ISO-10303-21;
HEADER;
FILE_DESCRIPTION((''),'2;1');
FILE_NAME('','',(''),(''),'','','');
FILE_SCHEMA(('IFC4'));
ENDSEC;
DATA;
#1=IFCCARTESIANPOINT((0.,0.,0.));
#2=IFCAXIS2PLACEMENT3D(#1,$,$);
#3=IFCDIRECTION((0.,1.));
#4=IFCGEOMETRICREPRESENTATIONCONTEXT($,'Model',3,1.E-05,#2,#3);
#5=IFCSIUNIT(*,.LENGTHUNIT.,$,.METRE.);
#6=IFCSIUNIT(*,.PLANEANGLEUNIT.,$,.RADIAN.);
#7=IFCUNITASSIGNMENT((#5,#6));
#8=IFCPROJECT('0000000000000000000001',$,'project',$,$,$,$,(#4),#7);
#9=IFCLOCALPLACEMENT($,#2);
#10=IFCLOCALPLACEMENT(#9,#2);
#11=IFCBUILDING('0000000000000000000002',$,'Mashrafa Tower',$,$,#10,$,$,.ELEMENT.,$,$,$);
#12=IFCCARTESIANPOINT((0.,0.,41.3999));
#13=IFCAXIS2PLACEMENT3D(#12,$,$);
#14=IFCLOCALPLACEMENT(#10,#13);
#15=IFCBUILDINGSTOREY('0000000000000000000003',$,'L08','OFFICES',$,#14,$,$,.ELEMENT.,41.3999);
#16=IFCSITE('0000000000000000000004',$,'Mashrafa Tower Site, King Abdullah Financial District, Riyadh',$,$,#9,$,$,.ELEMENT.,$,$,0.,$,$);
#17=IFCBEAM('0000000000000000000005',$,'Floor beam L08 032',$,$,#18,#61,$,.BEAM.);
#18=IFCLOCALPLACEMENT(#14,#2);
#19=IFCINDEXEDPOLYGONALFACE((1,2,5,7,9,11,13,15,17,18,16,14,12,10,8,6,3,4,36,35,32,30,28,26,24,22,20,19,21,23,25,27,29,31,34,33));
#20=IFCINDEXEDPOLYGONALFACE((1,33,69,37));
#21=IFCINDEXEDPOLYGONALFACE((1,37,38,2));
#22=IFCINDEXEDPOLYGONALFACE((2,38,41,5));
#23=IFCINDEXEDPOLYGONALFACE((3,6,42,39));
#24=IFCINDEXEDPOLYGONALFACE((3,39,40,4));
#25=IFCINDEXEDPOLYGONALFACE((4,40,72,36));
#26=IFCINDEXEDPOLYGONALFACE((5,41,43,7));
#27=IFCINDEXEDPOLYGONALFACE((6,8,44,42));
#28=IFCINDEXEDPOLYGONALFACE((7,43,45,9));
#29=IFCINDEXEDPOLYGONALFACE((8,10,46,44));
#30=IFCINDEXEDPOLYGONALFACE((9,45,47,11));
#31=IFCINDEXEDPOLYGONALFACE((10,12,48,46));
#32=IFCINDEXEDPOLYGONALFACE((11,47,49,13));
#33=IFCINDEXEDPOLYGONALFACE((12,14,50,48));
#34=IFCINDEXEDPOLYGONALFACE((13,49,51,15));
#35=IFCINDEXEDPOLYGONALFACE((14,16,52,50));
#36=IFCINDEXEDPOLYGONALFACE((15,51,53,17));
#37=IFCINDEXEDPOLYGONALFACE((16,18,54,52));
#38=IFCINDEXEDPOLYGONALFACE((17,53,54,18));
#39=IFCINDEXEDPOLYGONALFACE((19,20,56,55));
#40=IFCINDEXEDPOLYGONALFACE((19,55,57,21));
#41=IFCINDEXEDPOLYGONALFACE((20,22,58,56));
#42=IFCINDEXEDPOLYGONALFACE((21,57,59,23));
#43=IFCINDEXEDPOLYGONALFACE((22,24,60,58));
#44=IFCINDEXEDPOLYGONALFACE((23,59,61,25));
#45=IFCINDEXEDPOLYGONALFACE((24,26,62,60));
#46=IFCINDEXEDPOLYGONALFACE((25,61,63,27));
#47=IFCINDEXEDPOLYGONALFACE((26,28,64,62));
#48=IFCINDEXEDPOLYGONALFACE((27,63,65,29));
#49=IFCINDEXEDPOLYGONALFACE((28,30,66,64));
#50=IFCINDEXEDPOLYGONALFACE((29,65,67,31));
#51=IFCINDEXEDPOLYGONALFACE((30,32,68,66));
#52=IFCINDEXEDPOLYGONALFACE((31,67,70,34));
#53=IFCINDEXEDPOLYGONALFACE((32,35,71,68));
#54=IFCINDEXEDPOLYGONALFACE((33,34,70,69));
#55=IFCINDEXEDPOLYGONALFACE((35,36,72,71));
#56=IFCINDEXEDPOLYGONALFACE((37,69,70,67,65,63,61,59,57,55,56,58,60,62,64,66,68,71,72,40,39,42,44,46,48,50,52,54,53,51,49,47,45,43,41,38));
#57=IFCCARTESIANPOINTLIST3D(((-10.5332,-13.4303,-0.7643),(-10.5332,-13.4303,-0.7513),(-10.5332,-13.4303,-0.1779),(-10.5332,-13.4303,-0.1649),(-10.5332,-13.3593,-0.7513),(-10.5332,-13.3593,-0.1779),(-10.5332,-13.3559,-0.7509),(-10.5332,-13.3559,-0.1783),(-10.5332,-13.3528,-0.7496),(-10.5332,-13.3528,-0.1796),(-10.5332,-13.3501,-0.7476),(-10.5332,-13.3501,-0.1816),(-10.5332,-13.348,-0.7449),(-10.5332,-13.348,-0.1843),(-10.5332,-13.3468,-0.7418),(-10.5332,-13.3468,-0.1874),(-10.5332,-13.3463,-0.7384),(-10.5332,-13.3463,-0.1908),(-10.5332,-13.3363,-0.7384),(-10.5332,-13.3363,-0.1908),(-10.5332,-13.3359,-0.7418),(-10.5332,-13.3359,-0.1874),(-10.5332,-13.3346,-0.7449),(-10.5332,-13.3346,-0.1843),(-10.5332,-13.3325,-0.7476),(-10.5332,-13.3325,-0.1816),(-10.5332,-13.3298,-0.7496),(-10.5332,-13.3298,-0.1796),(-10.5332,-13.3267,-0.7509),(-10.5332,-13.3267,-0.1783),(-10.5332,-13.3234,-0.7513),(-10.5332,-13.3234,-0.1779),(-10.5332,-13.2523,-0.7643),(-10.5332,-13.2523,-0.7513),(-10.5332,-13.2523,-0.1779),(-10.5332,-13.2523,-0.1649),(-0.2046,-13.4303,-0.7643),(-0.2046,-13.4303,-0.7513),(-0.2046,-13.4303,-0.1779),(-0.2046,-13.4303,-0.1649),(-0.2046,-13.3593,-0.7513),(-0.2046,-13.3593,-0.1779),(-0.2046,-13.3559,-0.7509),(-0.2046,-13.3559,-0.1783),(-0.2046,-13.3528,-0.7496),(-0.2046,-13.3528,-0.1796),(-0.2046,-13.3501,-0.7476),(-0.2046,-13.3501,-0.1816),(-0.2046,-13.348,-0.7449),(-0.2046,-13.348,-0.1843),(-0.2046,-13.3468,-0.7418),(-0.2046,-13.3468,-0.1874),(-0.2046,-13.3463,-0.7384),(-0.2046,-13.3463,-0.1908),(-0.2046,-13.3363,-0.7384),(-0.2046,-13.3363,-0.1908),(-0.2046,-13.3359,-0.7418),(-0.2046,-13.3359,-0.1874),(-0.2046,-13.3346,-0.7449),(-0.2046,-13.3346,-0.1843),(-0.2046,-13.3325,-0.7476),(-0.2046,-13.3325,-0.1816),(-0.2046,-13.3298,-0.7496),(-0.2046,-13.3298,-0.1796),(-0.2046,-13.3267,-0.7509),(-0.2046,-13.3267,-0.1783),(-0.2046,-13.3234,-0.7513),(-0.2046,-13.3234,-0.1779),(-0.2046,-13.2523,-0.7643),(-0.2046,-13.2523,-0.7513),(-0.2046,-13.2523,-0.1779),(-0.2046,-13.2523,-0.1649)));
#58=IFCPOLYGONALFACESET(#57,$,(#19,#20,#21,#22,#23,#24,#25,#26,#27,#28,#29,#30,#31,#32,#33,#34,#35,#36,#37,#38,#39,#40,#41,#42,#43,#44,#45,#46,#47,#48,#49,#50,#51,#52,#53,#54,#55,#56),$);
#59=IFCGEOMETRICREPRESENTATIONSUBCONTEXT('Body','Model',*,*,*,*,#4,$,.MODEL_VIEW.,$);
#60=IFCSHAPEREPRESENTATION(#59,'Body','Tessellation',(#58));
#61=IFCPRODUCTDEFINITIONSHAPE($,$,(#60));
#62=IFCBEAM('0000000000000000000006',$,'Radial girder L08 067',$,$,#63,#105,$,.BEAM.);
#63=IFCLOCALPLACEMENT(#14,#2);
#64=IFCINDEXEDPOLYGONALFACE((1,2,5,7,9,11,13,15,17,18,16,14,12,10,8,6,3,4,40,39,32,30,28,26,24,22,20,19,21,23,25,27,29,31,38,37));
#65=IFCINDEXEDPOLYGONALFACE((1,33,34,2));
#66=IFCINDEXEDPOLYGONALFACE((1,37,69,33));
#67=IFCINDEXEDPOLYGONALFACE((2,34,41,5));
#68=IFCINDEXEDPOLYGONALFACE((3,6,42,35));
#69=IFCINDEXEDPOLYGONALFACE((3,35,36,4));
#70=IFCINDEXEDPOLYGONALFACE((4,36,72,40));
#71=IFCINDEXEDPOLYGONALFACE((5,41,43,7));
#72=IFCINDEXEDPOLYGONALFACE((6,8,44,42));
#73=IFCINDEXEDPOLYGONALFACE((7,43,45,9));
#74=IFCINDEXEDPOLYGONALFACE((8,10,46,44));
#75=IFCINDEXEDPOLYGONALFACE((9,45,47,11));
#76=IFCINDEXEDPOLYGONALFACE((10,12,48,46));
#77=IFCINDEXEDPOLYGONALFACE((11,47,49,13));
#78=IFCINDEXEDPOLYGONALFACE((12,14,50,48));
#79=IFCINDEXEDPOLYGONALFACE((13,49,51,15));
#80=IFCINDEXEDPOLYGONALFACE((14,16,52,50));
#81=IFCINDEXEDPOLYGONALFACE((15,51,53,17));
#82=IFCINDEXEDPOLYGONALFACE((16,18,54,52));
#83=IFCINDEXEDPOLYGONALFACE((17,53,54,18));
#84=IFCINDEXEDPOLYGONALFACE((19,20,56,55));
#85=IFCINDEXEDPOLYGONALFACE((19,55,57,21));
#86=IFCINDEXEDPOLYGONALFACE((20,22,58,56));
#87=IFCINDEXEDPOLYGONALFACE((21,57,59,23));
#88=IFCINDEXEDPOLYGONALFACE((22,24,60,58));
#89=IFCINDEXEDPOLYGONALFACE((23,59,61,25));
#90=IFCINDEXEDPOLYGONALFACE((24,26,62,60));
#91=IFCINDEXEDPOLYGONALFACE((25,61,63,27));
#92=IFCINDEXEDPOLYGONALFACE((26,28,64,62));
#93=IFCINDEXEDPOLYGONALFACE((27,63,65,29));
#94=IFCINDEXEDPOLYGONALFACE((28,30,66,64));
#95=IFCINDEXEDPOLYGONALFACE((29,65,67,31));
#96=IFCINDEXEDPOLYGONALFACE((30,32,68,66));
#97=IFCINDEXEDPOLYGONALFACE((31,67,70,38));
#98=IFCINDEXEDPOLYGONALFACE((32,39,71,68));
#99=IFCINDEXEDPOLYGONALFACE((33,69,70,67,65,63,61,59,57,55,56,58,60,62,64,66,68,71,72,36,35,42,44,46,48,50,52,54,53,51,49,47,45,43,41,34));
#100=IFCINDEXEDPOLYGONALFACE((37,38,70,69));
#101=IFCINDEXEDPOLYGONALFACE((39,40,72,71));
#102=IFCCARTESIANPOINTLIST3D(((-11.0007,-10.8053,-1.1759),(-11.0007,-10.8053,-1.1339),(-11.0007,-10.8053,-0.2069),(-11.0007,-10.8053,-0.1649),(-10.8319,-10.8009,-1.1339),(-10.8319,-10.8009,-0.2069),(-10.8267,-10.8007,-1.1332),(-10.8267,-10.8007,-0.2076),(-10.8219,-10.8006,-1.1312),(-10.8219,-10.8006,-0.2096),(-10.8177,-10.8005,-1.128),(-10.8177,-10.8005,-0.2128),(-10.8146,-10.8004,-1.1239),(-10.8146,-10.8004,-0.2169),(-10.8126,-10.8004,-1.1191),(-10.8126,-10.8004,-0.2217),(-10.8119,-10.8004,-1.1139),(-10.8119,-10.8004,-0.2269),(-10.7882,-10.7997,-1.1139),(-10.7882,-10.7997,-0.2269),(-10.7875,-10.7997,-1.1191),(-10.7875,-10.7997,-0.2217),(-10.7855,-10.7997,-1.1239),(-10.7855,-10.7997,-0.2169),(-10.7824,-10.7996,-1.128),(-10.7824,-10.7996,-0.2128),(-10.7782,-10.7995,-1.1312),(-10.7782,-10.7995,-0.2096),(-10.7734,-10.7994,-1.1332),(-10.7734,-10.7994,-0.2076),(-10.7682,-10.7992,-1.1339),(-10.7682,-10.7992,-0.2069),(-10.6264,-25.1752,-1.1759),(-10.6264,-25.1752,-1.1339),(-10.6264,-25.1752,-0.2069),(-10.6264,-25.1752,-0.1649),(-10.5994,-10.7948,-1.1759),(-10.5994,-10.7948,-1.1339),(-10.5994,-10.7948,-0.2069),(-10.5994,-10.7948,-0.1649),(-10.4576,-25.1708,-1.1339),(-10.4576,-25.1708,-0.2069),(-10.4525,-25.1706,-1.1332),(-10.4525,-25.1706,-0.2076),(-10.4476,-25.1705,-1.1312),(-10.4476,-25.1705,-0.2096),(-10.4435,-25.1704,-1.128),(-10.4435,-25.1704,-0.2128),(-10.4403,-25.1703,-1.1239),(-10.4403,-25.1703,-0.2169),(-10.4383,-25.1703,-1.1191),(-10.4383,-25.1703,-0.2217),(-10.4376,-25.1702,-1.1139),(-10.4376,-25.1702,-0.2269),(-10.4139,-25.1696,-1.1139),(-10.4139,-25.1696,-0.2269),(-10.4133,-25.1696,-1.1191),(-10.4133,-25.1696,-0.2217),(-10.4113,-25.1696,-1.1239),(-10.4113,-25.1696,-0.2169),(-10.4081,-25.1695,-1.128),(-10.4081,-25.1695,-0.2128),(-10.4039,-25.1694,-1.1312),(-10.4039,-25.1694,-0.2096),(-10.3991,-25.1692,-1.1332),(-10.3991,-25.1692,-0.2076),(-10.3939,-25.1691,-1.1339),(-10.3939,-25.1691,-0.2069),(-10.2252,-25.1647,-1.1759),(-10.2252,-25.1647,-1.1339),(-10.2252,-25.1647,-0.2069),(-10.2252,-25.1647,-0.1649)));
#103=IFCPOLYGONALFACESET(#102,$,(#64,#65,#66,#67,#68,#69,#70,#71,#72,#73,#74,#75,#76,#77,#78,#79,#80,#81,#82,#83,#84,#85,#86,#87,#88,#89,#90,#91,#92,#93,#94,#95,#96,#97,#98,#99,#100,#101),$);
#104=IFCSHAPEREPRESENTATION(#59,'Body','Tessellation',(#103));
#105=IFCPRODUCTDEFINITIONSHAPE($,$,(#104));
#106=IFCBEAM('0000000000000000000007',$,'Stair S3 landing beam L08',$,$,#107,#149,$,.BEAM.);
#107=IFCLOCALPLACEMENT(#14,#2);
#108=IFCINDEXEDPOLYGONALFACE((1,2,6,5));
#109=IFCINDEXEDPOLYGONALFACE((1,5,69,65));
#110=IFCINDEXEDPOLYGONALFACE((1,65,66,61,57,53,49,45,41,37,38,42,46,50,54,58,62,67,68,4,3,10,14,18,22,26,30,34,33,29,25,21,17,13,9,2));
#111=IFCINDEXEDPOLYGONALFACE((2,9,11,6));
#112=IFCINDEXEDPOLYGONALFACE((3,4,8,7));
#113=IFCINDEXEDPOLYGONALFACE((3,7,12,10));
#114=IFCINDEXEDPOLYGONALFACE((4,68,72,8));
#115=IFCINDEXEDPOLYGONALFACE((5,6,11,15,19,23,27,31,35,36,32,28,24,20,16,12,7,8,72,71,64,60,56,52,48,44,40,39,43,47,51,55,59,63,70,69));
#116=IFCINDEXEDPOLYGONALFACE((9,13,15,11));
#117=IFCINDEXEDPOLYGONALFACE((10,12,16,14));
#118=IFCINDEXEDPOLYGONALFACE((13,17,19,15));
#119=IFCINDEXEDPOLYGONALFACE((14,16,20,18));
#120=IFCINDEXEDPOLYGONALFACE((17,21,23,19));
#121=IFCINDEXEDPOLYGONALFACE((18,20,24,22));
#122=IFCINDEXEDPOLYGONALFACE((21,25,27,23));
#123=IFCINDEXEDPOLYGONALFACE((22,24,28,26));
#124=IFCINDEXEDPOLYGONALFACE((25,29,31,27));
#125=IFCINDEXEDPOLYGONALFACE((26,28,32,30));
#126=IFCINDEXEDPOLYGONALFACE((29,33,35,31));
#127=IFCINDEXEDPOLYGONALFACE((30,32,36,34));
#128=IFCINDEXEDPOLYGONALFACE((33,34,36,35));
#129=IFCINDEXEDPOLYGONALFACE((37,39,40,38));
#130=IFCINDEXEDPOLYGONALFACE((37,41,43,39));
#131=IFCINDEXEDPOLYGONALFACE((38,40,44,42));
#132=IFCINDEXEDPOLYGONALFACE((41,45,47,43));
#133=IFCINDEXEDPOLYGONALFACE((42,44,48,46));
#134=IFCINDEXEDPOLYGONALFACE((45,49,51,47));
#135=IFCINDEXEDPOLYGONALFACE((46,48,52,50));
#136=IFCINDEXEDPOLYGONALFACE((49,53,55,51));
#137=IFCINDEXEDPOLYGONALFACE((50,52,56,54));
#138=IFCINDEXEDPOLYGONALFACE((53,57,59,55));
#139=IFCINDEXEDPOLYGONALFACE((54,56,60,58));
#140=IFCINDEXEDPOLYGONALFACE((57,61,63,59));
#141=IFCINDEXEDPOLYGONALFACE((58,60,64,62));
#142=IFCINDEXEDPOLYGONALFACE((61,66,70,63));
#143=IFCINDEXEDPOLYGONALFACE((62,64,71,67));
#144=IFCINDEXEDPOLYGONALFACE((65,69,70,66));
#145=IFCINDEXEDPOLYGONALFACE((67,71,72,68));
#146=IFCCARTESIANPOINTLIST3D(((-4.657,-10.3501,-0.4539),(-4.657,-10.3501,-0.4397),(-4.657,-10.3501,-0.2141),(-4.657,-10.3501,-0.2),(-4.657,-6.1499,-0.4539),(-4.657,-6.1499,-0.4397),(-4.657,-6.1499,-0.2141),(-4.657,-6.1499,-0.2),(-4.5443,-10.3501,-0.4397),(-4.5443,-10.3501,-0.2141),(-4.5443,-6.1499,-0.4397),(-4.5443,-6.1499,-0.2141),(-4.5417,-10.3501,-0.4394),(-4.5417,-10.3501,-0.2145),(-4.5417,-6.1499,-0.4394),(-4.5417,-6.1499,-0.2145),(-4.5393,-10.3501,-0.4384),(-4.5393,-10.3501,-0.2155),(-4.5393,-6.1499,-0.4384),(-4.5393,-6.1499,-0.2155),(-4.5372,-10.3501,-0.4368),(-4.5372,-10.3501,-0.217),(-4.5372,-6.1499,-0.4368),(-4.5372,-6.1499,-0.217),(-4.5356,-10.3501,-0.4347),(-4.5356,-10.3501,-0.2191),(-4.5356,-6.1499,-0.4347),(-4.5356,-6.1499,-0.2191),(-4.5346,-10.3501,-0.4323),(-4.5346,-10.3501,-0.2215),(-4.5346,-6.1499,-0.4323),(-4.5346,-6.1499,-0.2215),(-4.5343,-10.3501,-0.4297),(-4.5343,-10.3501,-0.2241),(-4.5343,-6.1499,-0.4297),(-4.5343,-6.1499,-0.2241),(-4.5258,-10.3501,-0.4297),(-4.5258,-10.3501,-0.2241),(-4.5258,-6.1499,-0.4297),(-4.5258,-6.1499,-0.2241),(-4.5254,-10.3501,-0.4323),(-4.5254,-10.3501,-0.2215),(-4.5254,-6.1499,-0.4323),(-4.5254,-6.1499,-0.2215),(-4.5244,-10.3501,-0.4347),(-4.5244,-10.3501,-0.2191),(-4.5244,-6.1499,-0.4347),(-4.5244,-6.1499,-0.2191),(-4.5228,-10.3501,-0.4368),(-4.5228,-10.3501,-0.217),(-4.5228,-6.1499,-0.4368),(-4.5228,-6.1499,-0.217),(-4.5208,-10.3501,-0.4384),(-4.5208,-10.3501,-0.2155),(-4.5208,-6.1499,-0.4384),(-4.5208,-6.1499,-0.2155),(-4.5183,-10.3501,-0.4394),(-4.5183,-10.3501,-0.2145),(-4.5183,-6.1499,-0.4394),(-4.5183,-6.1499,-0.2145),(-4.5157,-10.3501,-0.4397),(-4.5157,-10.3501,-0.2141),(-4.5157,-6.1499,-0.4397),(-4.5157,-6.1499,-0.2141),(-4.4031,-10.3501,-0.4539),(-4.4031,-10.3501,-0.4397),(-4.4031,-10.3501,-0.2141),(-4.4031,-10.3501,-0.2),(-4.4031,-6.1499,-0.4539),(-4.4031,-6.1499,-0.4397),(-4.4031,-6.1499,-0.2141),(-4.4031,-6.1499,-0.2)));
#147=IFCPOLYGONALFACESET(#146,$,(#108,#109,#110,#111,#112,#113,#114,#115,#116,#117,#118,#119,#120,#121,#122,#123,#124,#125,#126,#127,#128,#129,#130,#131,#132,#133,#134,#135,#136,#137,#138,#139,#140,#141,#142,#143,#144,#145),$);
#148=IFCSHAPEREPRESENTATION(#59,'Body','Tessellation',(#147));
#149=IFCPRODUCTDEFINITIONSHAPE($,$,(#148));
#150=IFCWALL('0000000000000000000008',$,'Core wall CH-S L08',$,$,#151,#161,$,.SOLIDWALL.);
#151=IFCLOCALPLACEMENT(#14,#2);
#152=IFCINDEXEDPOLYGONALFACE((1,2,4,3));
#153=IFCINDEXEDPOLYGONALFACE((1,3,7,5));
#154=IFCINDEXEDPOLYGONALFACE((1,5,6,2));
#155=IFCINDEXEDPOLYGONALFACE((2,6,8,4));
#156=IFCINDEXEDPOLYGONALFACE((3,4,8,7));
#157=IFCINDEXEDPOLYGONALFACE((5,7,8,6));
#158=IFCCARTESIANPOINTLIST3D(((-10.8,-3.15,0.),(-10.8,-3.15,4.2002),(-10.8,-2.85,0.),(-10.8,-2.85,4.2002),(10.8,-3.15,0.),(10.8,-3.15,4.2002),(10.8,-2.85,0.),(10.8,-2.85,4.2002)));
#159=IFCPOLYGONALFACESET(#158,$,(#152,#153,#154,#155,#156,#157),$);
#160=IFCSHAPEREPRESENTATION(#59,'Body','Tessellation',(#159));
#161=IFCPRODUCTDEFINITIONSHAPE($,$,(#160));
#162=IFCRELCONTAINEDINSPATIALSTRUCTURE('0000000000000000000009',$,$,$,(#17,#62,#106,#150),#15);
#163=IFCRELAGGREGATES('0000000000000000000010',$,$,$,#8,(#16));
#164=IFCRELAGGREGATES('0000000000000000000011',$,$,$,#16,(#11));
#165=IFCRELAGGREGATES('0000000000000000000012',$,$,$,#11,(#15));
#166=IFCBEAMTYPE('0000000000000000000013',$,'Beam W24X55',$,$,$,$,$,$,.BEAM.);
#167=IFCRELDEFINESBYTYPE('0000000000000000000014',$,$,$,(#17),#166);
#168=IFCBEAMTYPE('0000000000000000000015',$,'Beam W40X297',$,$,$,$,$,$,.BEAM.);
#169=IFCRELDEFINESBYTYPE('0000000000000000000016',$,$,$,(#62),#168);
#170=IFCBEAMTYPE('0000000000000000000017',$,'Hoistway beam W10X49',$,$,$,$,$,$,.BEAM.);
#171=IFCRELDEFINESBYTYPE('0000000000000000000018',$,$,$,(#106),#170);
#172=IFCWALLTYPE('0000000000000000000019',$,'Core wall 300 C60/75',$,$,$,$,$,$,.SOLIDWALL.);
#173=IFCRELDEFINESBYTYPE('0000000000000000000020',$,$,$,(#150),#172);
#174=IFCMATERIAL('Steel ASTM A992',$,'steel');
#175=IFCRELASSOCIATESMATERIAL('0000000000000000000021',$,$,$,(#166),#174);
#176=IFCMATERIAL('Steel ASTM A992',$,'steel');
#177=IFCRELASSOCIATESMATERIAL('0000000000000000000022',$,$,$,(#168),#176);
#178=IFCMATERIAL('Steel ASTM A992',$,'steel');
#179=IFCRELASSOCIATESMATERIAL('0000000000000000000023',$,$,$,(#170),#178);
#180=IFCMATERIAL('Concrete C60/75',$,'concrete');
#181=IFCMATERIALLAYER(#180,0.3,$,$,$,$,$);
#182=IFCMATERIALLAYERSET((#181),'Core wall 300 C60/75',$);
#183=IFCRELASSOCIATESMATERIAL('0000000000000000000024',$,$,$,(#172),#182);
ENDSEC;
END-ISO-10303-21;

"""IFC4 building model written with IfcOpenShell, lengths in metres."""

from ifc_helpers import new_model, si_unit, direction, frame, frame_2d, origin, origin_2d, place, context, subcontext, project, spatial, rectangle, i_section, extrude, material, layer, layer_set, material_profile, profile_set, type_object, element, save


model = new_model("IFC4")

# Units and contexts
model_context = context("Model", 3, precision=1e-05, world=origin(), true_north=direction((0.0, 1.0)))
body_context = subcontext(model_context, "Body", "Model", "MODEL_VIEW")
ifc_project = project(units=[si_unit("LENGTHUNIT", "METRE"), si_unit("PLANEANGLEUNIT", "RADIAN")], contexts=[model_context])

# Site, building, storey
site_placement = place(None, origin())
site = spatial("IfcSite", under=ifc_project, at=site_placement, Name="Mashrafa Tower Site, King Abdullah Financial District, Riyadh", CompositionType="ELEMENT", RefElevation=0.0)
building_placement = place(site_placement, origin())
building = spatial("IfcBuilding", under=site, at=building_placement, Name="Mashrafa Tower", CompositionType="ELEMENT")
storey_placement = place(building_placement, frame((0.0, 0.0, 41.3999)))
storey = spatial("IfcBuildingStorey", under=building, at=storey_placement, Name="L08", Description="OFFICES", CompositionType="ELEMENT", Elevation=41.3999)

# Beams
ifc_material_1 = material(Name="Steel ASTM A992", Category="steel")
ifc_material_profile_1 = material_profile(ifc_material_1, i_section(OverallWidth=0.178, OverallDepth=0.5994, WebThickness=0.01, FlangeThickness=0.0129, FilletRadius=0.0129, at=origin_2d()), Name="W24X55")
ifc_profile_set_1 = profile_set([ifc_material_profile_1], Name="Steel ASTM A992")
beam_type_1 = type_object("IfcBeamType", Name="Beam W24X55", PredefinedType="BEAM", material=ifc_profile_set_1)
beam_1_placement = place(storey_placement, frame((-0.2046, -13.3413, -0.4646), z_axis=(-1.0, 0.0, 0.0), x_axis=(0.0, -1.0, 0.0)))
element("IfcBeam", 1, at=beam_1_placement, inside=storey, type_object=beam_type_1, Name="Floor beam L08 032", PredefinedType="BEAM", context=body_context, shape_type="SweptSolid", body=[
    extrude(i_section(OverallWidth=0.178, OverallDepth=0.5994, WebThickness=0.01, FlangeThickness=0.0129, FilletRadius=0.0129, at=origin_2d()), origin(), (0.0, 0.0, 1.0), 10.3286),
])
ifc_material_2 = material(Name="Steel ASTM A992", Category="steel")
ifc_material_profile_2 = material_profile(ifc_material_2, i_section(OverallWidth=0.4014, OverallDepth=1.011, WebThickness=0.0237, FlangeThickness=0.042, FilletRadius=0.02, at=origin_2d()), Name="W40X297")
ifc_profile_set_2 = profile_set([ifc_material_profile_2], Name="Steel ASTM A992")
beam_type_2 = type_object("IfcBeamType", Name="Beam W40X297", PredefinedType="BEAM", material=ifc_profile_set_2)
beam_2_placement = place(storey_placement, frame((-10.8, -10.8, -0.6704), z_axis=(0.026036, -0.999661, 0.0), x_axis=(0.999661, 0.026036, 0.0)))
element("IfcBeam", 2, at=beam_2_placement, inside=storey, type_object=beam_type_2, Name="Radial girder L08 067", PredefinedType="BEAM", context=body_context, shape_type="SweptSolid", body=[
    extrude(i_section(OverallWidth=0.4014, OverallDepth=1.011, WebThickness=0.0237, FlangeThickness=0.042, FilletRadius=0.02, at=origin_2d()), origin(), (0.0, 0.0, 1.0), 14.3748),
])
ifc_material_3 = material(Name="Steel ASTM A992", Category="steel")
ifc_material_profile_3 = material_profile(ifc_material_3, i_section(OverallWidth=0.2539, OverallDepth=0.2539, WebThickness=0.0085, FlangeThickness=0.0142, FilletRadius=0.01, at=origin_2d()), Name="W10X49")
ifc_profile_set_3 = profile_set([ifc_material_profile_3], Name="Steel ASTM A992")
beam_type_3 = type_object("IfcBeamType", Name="Hoistway beam W10X49", PredefinedType="BEAM", material=ifc_profile_set_3)
beam_3_placement = place(storey_placement, frame((-4.53, -10.3501, -0.3269), z_axis=(0.0, 1.0, 0.0), x_axis=(-1.0, 0.0, 0.0)))
element("IfcBeam", 3, at=beam_3_placement, inside=storey, type_object=beam_type_3, Name="Stair S3 landing beam L08", PredefinedType="BEAM", context=body_context, shape_type="SweptSolid", body=[
    extrude(i_section(OverallWidth=0.2539, OverallDepth=0.2539, WebThickness=0.0085, FlangeThickness=0.0142, FilletRadius=0.01, at=origin_2d()), origin(), (0.0, 0.0, 1.0), 4.2002),
])

# Wall
ifc_material_4 = material(Name="Concrete C60/75", Category="concrete")
ifc_layer_1 = layer(ifc_material_4, 0.3)
ifc_layer_set_1 = layer_set([ifc_layer_1], Name="Core wall 300 C60/75")
wall_type_1 = type_object("IfcWallType", Name="Core wall 300 C60/75", PredefinedType="SOLIDWALL", material=ifc_layer_set_1)
wall_1_placement = place(storey_placement, frame((-10.8, -3.0, 0.0), z_axis=(0.0, 0.0, 1.0), x_axis=(1.0, 0.0, 0.0)))
element("IfcWall", 4, at=wall_1_placement, inside=storey, type_object=wall_type_1, Name="Core wall CH-S L08", PredefinedType="SOLIDWALL", context=body_context, shape_type="SweptSolid", body=[
    extrude(rectangle(XDim=21.6001, YDim=0.3, at=frame_2d((10.8, 0.0))), origin(), (0.0, 0.0, 1.0), 4.2002),
])

save(model, "model.ifc")
